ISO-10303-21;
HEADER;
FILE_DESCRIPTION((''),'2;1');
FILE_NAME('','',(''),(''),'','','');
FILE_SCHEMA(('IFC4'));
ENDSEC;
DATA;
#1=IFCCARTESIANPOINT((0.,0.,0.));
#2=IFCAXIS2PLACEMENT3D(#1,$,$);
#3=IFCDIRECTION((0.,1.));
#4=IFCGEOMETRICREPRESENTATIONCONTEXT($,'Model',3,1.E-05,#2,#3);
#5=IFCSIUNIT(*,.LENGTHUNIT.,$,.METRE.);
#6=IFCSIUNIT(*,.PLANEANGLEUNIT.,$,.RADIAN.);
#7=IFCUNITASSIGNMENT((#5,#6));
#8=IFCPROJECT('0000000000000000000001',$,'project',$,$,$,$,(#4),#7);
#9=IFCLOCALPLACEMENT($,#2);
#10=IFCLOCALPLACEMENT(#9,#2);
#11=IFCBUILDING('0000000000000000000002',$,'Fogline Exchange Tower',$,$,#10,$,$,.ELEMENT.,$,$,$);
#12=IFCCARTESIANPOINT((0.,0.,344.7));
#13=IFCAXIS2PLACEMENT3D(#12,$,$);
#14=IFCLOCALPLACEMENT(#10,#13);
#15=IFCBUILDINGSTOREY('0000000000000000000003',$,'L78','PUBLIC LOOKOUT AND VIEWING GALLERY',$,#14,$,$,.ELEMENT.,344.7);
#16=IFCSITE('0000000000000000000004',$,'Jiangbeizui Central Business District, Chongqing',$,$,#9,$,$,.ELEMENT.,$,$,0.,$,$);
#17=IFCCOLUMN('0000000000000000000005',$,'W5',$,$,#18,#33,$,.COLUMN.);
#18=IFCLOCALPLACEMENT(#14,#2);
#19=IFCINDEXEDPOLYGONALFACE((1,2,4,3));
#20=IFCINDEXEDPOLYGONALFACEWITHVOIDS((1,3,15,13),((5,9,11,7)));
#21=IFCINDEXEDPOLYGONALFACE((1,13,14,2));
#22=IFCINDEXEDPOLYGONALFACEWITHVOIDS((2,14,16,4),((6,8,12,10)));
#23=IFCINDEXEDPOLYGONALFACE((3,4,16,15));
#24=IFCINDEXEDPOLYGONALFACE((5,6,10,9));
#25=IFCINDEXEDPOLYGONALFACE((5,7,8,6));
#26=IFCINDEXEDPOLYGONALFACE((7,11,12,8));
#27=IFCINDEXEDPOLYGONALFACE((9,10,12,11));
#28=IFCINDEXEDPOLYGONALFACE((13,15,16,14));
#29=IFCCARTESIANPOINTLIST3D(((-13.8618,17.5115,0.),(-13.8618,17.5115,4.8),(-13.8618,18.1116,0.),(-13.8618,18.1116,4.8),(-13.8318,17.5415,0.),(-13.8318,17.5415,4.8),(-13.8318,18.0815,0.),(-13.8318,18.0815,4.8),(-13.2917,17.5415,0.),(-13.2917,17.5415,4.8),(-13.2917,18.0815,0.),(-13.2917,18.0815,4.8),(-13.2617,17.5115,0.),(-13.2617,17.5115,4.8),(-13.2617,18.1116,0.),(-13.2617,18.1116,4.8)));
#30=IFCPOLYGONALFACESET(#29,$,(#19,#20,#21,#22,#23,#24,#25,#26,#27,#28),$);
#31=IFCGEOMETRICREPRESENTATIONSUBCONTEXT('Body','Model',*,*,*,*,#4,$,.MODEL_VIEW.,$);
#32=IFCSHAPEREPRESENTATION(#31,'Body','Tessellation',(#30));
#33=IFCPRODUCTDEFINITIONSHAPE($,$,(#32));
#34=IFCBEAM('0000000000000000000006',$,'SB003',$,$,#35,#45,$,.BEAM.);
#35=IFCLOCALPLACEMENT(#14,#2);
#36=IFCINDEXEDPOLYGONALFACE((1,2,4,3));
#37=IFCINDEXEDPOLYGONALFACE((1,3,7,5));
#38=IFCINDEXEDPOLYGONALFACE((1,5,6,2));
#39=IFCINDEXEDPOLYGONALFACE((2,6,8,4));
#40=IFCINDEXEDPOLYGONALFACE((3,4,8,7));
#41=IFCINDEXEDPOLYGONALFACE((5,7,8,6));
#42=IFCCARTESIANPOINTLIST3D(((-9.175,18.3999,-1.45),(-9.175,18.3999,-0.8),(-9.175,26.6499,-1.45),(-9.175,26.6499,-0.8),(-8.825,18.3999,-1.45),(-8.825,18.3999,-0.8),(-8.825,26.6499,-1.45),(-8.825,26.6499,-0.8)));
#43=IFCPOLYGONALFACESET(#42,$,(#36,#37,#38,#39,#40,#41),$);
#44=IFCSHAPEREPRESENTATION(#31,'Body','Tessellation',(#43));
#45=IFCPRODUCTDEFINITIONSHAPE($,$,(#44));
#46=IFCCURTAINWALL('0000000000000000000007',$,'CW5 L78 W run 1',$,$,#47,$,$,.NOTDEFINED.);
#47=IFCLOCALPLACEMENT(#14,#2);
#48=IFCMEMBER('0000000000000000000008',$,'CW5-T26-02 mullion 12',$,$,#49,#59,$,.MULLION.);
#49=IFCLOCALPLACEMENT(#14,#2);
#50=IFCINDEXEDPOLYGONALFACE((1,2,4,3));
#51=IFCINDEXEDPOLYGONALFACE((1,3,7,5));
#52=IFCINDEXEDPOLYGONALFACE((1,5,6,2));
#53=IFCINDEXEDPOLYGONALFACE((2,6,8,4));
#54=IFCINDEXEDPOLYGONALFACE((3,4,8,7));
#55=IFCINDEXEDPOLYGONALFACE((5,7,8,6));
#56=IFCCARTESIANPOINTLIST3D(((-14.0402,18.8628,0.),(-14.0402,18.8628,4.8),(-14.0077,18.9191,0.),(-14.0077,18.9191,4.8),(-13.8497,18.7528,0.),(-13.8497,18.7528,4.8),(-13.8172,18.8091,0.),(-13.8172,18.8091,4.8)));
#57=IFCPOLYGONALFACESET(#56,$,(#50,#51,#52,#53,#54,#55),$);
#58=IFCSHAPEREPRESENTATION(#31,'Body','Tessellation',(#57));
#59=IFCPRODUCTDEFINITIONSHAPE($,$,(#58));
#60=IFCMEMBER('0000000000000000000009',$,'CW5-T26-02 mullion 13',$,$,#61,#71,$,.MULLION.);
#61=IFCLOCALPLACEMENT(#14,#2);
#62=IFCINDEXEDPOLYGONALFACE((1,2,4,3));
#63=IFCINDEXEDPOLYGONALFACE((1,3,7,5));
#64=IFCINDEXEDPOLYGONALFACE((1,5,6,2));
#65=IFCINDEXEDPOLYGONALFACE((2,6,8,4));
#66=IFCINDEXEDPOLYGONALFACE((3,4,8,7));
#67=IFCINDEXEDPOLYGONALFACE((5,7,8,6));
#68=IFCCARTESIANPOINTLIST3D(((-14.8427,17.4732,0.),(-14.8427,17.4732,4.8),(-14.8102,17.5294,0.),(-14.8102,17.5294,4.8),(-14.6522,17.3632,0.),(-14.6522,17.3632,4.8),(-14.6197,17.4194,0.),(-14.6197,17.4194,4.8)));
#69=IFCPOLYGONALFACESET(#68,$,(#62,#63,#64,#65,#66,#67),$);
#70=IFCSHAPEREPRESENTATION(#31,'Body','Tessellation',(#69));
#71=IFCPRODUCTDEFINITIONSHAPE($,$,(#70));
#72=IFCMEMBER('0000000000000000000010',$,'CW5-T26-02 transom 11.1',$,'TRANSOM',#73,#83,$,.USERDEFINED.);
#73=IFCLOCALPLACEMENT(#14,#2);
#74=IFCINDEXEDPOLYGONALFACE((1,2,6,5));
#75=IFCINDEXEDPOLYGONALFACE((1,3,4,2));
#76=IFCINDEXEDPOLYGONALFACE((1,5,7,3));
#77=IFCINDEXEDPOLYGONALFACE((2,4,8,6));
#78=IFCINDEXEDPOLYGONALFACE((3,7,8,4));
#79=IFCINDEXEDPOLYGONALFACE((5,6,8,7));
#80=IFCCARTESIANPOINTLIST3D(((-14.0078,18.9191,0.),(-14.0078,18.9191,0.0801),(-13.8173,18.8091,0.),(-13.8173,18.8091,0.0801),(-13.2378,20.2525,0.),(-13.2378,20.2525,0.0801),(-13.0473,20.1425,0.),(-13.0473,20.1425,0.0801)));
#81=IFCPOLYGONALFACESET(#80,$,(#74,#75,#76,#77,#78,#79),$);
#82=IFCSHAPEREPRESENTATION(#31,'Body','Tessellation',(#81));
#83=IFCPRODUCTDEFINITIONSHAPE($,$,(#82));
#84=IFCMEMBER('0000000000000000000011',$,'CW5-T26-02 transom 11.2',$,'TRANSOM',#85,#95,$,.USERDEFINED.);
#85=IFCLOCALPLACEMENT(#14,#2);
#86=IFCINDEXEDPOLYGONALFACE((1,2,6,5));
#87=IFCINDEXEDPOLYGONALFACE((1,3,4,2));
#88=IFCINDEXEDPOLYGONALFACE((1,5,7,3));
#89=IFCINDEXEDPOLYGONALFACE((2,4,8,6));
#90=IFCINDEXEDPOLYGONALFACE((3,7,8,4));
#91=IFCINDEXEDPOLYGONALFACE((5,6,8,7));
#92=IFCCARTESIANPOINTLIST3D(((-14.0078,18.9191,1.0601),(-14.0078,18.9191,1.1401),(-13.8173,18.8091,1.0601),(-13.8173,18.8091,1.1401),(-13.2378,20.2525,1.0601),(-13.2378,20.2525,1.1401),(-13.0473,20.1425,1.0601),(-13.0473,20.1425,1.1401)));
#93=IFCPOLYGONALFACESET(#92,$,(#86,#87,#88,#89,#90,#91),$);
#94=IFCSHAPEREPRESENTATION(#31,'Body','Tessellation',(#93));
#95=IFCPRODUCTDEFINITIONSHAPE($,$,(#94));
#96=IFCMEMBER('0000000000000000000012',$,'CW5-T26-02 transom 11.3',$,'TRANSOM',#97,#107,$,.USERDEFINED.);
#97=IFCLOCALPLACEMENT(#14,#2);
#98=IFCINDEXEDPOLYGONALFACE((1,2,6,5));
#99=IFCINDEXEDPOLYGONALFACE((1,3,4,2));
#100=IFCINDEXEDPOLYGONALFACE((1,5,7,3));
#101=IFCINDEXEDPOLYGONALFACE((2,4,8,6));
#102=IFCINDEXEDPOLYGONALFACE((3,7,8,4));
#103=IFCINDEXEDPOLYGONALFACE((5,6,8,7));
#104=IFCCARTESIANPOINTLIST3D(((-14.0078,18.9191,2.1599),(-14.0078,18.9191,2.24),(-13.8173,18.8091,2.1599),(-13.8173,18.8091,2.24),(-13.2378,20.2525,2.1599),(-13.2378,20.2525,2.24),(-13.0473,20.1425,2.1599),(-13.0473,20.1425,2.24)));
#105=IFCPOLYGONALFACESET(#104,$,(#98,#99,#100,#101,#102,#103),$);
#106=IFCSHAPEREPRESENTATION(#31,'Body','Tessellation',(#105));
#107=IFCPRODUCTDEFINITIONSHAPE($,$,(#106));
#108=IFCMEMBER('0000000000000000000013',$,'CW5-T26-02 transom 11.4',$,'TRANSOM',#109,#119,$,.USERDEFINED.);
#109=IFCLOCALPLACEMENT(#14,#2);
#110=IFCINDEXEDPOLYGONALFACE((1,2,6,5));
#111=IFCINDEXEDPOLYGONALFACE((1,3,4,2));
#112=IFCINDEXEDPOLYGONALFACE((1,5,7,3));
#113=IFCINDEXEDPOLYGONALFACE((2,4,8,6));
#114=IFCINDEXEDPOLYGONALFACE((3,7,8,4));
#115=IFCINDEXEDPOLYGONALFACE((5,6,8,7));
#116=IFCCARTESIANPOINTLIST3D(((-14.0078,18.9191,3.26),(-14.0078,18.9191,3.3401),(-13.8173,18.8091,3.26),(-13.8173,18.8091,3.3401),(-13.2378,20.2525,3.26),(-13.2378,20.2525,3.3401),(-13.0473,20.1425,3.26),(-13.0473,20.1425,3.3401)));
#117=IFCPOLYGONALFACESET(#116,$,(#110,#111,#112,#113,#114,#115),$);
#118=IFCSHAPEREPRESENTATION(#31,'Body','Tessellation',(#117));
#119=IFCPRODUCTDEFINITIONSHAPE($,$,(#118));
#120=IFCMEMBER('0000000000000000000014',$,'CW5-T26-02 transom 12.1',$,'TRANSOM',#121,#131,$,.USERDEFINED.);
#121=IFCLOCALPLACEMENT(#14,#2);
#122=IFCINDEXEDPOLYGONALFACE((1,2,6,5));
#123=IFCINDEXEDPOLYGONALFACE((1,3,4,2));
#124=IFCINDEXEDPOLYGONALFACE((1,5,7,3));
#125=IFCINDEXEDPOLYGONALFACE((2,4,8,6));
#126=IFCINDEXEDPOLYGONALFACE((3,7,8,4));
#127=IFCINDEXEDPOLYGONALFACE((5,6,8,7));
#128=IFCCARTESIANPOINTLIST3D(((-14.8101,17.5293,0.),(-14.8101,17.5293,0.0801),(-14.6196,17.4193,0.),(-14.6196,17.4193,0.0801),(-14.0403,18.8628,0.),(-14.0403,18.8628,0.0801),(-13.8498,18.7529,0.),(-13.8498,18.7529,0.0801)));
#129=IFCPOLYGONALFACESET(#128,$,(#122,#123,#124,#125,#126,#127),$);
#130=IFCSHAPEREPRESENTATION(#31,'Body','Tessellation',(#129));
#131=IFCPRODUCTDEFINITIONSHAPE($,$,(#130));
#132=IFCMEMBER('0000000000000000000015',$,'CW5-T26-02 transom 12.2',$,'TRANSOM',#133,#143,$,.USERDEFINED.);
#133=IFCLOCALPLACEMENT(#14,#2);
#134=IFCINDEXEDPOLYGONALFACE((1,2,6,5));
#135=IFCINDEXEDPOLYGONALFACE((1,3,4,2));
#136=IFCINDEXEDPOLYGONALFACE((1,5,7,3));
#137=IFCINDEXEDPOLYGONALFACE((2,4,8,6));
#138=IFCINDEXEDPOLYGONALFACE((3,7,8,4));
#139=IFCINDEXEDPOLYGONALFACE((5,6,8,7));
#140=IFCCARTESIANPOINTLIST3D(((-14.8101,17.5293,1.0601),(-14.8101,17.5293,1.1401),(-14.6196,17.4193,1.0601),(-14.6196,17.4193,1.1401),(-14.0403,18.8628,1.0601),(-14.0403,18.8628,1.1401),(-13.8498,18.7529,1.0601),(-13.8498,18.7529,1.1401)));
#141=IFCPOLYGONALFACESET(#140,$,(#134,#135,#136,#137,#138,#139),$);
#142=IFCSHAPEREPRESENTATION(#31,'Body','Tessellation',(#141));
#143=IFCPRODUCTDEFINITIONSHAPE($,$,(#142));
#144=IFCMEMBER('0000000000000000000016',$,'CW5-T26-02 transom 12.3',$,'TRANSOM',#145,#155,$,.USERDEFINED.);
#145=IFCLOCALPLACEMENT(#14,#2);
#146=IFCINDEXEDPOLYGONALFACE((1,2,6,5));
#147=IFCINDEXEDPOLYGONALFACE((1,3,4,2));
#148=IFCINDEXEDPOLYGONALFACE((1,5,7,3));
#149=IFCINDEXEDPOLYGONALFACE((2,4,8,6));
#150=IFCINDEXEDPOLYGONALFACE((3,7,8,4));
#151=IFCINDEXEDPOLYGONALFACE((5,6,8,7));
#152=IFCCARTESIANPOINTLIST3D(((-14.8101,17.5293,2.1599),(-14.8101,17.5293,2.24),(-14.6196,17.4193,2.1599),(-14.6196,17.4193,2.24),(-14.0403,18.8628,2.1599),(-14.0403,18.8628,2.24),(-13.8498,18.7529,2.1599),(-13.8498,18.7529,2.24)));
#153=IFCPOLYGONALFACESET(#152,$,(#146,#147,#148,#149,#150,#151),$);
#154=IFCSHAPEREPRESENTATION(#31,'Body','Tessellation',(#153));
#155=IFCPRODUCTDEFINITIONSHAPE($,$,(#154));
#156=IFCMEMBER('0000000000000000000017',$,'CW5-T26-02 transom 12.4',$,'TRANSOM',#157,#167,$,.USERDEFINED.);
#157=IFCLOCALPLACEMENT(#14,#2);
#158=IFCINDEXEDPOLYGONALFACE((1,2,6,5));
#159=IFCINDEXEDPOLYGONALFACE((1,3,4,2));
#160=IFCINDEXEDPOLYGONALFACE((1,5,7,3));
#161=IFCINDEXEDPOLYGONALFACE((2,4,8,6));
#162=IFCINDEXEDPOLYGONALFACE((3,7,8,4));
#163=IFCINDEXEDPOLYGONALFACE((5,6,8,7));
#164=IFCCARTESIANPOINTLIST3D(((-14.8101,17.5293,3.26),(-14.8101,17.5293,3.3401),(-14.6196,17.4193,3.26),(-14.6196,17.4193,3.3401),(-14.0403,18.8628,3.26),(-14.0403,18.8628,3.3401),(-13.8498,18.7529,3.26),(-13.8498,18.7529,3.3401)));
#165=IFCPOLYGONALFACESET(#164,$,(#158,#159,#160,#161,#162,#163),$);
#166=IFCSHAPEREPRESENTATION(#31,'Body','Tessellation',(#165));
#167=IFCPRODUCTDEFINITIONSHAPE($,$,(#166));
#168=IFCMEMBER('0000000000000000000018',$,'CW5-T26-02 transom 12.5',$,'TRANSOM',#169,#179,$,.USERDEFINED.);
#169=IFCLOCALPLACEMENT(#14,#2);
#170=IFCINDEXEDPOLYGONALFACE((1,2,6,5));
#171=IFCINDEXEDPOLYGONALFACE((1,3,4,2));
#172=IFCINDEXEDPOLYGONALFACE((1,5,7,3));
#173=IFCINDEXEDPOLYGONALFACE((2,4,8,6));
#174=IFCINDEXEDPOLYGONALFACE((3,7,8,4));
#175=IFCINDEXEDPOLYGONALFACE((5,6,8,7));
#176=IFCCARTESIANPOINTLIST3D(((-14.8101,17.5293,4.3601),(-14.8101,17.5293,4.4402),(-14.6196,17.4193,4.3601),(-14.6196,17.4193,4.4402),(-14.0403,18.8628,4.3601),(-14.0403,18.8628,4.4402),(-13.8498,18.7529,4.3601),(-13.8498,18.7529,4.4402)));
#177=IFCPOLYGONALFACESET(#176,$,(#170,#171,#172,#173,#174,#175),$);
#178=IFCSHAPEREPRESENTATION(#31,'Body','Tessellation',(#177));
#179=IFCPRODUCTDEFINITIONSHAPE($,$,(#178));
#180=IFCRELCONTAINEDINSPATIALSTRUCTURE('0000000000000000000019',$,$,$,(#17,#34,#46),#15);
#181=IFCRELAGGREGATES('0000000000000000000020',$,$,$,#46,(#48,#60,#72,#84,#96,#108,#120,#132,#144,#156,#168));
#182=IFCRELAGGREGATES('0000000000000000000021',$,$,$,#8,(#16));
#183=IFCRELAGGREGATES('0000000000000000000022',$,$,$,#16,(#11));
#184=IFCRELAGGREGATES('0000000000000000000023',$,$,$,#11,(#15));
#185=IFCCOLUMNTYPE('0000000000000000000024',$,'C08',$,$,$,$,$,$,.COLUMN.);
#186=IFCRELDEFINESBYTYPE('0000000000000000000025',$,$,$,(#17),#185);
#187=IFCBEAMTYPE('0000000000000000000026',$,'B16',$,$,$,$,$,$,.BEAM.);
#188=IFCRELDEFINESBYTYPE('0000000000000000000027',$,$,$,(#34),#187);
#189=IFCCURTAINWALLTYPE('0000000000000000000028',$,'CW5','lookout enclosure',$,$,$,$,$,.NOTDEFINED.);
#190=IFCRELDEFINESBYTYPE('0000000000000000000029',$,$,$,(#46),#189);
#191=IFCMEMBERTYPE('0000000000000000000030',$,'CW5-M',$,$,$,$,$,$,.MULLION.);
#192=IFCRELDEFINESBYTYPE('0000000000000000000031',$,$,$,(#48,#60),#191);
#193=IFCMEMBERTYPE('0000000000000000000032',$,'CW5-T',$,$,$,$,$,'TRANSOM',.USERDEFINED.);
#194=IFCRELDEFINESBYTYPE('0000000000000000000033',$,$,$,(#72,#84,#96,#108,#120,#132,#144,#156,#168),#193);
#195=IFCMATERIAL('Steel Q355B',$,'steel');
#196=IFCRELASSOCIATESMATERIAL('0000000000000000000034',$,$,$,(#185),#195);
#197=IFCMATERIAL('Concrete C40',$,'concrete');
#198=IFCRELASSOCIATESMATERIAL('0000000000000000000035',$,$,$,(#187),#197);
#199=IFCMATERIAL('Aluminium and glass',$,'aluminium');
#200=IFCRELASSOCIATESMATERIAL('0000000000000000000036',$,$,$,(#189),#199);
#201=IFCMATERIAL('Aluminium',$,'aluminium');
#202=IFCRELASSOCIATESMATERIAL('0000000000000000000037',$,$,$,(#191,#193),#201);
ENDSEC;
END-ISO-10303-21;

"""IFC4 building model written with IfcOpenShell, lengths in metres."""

from ifc_helpers import new_model, si_unit, direction, frame, origin, origin_2d, place, context, subcontext, project, spatial, rectangle, hollow_rectangle, extrude, material, material_profile, profile_set, type_object, element, aggregate, save


model = new_model("IFC4")

# Units and contexts
model_context = context("Model", 3, precision=1e-05, world=origin(), true_north=direction((0.0, 1.0)))
body_context = subcontext(model_context, "Body", "Model", "MODEL_VIEW")
ifc_project = project(units=[si_unit("LENGTHUNIT", "METRE"), si_unit("PLANEANGLEUNIT", "RADIAN")], contexts=[model_context])

# Site, building, storey
site_placement = place(None, origin())
site = spatial("IfcSite", under=ifc_project, at=site_placement, Name="Jiangbeizui Central Business District, Chongqing", CompositionType="ELEMENT", RefElevation=0.0)
building_placement = place(site_placement, origin())
building = spatial("IfcBuilding", under=site, at=building_placement, Name="Fogline Exchange Tower", CompositionType="ELEMENT")
storey_placement = place(building_placement, frame((0.0, 0.0, 344.7)))
storey = spatial("IfcBuildingStorey", under=building, at=storey_placement, Name="L78", Description="PUBLIC LOOKOUT AND VIEWING GALLERY", CompositionType="ELEMENT", Elevation=344.7)

# Column
ifc_material_1 = material(Name="Steel Q355B", Category="steel")
ifc_material_profile_1 = material_profile(ifc_material_1, hollow_rectangle(XDim=0.6001, YDim=0.6001, WallThickness=0.03, at=origin_2d()), Name="BOX600X600X30")
ifc_profile_set_1 = profile_set([ifc_material_profile_1], Name="Steel Q355B")
column_type = type_object("IfcColumnType", Name="C08", PredefinedType="COLUMN", material=ifc_profile_set_1)
column_placement = place(storey_placement, frame((-13.5618, 17.8115, 0.0), z_axis=(0.0, 0.0, 1.0), x_axis=(1.0, 0.0, 0.0)))
element("IfcColumn", 1, at=column_placement, inside=storey, type_object=column_type, Name="W5", PredefinedType="COLUMN", context=body_context, shape_type="SweptSolid", body=[
    extrude(hollow_rectangle(XDim=0.6001, YDim=0.6001, WallThickness=0.03, at=origin_2d()), origin(), (0.0, 0.0, 1.0), 4.8),
])

# Beam
ifc_material_2 = material(Name="Concrete C40", Category="concrete")
ifc_material_profile_2 = material_profile(ifc_material_2, rectangle(XDim=0.3501, YDim=0.6499, at=origin_2d()), Name="RC 350x650")
ifc_profile_set_2 = profile_set([ifc_material_profile_2], Name="Concrete C40")
beam_type = type_object("IfcBeamType", Name="B16", PredefinedType="BEAM", material=ifc_profile_set_2)
beam_placement = place(storey_placement, frame((-9.0, 18.3999, -1.125), z_axis=(0.0, 1.0, 0.0), x_axis=(-1.0, 0.0, 0.0)))
element("IfcBeam", 2, at=beam_placement, inside=storey, type_object=beam_type, Name="SB003", PredefinedType="BEAM", context=body_context, shape_type="SweptSolid", body=[
    extrude(rectangle(XDim=0.3501, YDim=0.6499, at=origin_2d()), origin(), (0.0, 0.0, 1.0), 8.25),
])

# Curtain wall, members
ifc_material_3 = material(Name="Aluminium and glass", Category="aluminium")
curtain_wall_type = type_object("IfcCurtainWallType", Name="CW5", Description="lookout enclosure", PredefinedType="NOTDEFINED", material=ifc_material_3)
curtain_wall_placement = place(storey_placement, origin())
curtain_wall = element("IfcCurtainWall", 3, at=curtain_wall_placement, inside=storey, type_object=curtain_wall_type, Name="CW5 L78 W run 1", PredefinedType="NOTDEFINED")
ifc_material_4 = material(Name="Aluminium", Category="aluminium")
ifc_material_profile_3 = material_profile(ifc_material_4, rectangle(XDim=0.22, YDim=0.0649, at=origin_2d()), Name="Mullion 65x220")
ifc_profile_set_3 = profile_set([ifc_material_profile_3], Name="Aluminium")
member_type_1 = type_object("IfcMemberType", Name="CW5-M", PredefinedType="MULLION", material=ifc_profile_set_3)
member_1_placement = place(storey_placement, frame((-13.9287, 18.8359, 0.0), z_axis=(0.0, 0.0, 1.0), x_axis=(0.866025, -0.5, 0.0)))
member_1 = element("IfcMember", 4, at=member_1_placement, type_object=member_type_1, Name="CW5-T26-02 mullion 12", PredefinedType="MULLION", context=body_context, shape_type="SweptSolid", body=[
    extrude(rectangle(XDim=0.22, YDim=0.0649, at=origin_2d()), origin(), (0.0, 0.0, 1.0), 4.8),
])
member_2_placement = place(storey_placement, frame((-14.7312, 17.4463, 0.0), z_axis=(0.0, 0.0, 1.0), x_axis=(0.866025, -0.5, 0.0)))
member_2 = element("IfcMember", 5, at=member_2_placement, type_object=member_type_1, Name="CW5-T26-02 mullion 13", PredefinedType="MULLION", context=body_context, shape_type="SweptSolid", body=[
    extrude(rectangle(XDim=0.22, YDim=0.0649, at=origin_2d()), origin(), (0.0, 0.0, 1.0), 4.8),
])
ifc_material_profile_4 = material_profile(ifc_material_4, rectangle(XDim=0.22, YDim=0.0801, at=origin_2d()), Name="Transom 80x220")
ifc_profile_set_4 = profile_set([ifc_material_profile_4], Name="Aluminium")
member_type_2 = type_object("IfcMemberType", Name="CW5-T", ElementType="TRANSOM", PredefinedType="USERDEFINED", material=ifc_profile_set_4)
member_3_placement = place(storey_placement, frame((-13.1426, 20.1975, 0.04), z_axis=(-0.500061, -0.86599, 0.0), x_axis=(0.86599, -0.500061, 0.0)))
member_3 = element("IfcMember", 6, at=member_3_placement, type_object=member_type_2, Name="CW5-T26-02 transom 11.1", ObjectType="TRANSOM", PredefinedType="USERDEFINED", context=body_context, shape_type="SweptSolid", body=[
    extrude(rectangle(XDim=0.22, YDim=0.0801, at=origin_2d()), origin(), (0.0, 0.0, 1.0), 1.5398),
])
member_4_placement = place(storey_placement, frame((-13.1426, 20.1975, 1.1001), z_axis=(-0.500061, -0.86599, 0.0), x_axis=(0.86599, -0.500061, 0.0)))
member_4 = element("IfcMember", 7, at=member_4_placement, type_object=member_type_2, Name="CW5-T26-02 transom 11.2", ObjectType="TRANSOM", PredefinedType="USERDEFINED", context=body_context, shape_type="SweptSolid", body=[
    extrude(rectangle(XDim=0.22, YDim=0.0801, at=origin_2d()), origin(), (0.0, 0.0, 1.0), 1.5398),
])
member_5_placement = place(storey_placement, frame((-13.1426, 20.1975, 2.2), z_axis=(-0.500061, -0.86599, 0.0), x_axis=(0.86599, -0.500061, 0.0)))
member_5 = element("IfcMember", 8, at=member_5_placement, type_object=member_type_2, Name="CW5-T26-02 transom 11.3", ObjectType="TRANSOM", PredefinedType="USERDEFINED", context=body_context, shape_type="SweptSolid", body=[
    extrude(rectangle(XDim=0.22, YDim=0.0801, at=origin_2d()), origin(), (0.0, 0.0, 1.0), 1.5398),
])
member_6_placement = place(storey_placement, frame((-13.1426, 20.1975, 3.3), z_axis=(-0.500061, -0.86599, 0.0), x_axis=(0.86599, -0.500061, 0.0)))
member_6 = element("IfcMember", 9, at=member_6_placement, type_object=member_type_2, Name="CW5-T26-02 transom 11.4", ObjectType="TRANSOM", PredefinedType="USERDEFINED", context=body_context, shape_type="SweptSolid", body=[
    extrude(rectangle(XDim=0.22, YDim=0.0801, at=origin_2d()), origin(), (0.0, 0.0, 1.0), 1.5398),
])
member_7_placement = place(storey_placement, frame((-13.9451, 18.8079, 0.04), z_axis=(-0.499942, -0.866059, 0.0), x_axis=(0.866059, -0.499942, 0.0)))
member_7 = element("IfcMember", 10, at=member_7_placement, type_object=member_type_2, Name="CW5-T26-02 transom 12.1", ObjectType="TRANSOM", PredefinedType="USERDEFINED", context=body_context, shape_type="SweptSolid", body=[
    extrude(rectangle(XDim=0.22, YDim=0.0801, at=origin_2d()), origin(), (0.0, 0.0, 1.0), 1.5398),
])
member_8_placement = place(storey_placement, frame((-13.9451, 18.8079, 1.1001), z_axis=(-0.499942, -0.866059, 0.0), x_axis=(0.866059, -0.499942, 0.0)))
member_8 = element("IfcMember", 11, at=member_8_placement, type_object=member_type_2, Name="CW5-T26-02 transom 12.2", ObjectType="TRANSOM", PredefinedType="USERDEFINED", context=body_context, shape_type="SweptSolid", body=[
    extrude(rectangle(XDim=0.22, YDim=0.0801, at=origin_2d()), origin(), (0.0, 0.0, 1.0), 1.5398),
])
member_9_placement = place(storey_placement, frame((-13.9451, 18.8079, 2.2), z_axis=(-0.499942, -0.866059, 0.0), x_axis=(0.866059, -0.499942, 0.0)))
member_9 = element("IfcMember", 12, at=member_9_placement, type_object=member_type_2, Name="CW5-T26-02 transom 12.3", ObjectType="TRANSOM", PredefinedType="USERDEFINED", context=body_context, shape_type="SweptSolid", body=[
    extrude(rectangle(XDim=0.22, YDim=0.0801, at=origin_2d()), origin(), (0.0, 0.0, 1.0), 1.5398),
])
member_10_placement = place(storey_placement, frame((-13.9451, 18.8079, 3.3), z_axis=(-0.499942, -0.866059, 0.0), x_axis=(0.866059, -0.499942, 0.0)))
member_10 = element("IfcMember", 13, at=member_10_placement, type_object=member_type_2, Name="CW5-T26-02 transom 12.4", ObjectType="TRANSOM", PredefinedType="USERDEFINED", context=body_context, shape_type="SweptSolid", body=[
    extrude(rectangle(XDim=0.22, YDim=0.0801, at=origin_2d()), origin(), (0.0, 0.0, 1.0), 1.5398),
])
member_11_placement = place(storey_placement, frame((-13.9451, 18.8079, 4.4001), z_axis=(-0.499942, -0.866059, 0.0), x_axis=(0.866059, -0.499942, 0.0)))
member_11 = element("IfcMember", 14, at=member_11_placement, type_object=member_type_2, Name="CW5-T26-02 transom 12.5", ObjectType="TRANSOM", PredefinedType="USERDEFINED", context=body_context, shape_type="SweptSolid", body=[
    extrude(rectangle(XDim=0.22, YDim=0.0801, at=origin_2d()), origin(), (0.0, 0.0, 1.0), 1.5398),
])
aggregate(curtain_wall, [member_1, member_2, member_3, member_4, member_5, member_6, member_7, member_8, member_9, member_10, member_11])

save(model, "model.ifc")
